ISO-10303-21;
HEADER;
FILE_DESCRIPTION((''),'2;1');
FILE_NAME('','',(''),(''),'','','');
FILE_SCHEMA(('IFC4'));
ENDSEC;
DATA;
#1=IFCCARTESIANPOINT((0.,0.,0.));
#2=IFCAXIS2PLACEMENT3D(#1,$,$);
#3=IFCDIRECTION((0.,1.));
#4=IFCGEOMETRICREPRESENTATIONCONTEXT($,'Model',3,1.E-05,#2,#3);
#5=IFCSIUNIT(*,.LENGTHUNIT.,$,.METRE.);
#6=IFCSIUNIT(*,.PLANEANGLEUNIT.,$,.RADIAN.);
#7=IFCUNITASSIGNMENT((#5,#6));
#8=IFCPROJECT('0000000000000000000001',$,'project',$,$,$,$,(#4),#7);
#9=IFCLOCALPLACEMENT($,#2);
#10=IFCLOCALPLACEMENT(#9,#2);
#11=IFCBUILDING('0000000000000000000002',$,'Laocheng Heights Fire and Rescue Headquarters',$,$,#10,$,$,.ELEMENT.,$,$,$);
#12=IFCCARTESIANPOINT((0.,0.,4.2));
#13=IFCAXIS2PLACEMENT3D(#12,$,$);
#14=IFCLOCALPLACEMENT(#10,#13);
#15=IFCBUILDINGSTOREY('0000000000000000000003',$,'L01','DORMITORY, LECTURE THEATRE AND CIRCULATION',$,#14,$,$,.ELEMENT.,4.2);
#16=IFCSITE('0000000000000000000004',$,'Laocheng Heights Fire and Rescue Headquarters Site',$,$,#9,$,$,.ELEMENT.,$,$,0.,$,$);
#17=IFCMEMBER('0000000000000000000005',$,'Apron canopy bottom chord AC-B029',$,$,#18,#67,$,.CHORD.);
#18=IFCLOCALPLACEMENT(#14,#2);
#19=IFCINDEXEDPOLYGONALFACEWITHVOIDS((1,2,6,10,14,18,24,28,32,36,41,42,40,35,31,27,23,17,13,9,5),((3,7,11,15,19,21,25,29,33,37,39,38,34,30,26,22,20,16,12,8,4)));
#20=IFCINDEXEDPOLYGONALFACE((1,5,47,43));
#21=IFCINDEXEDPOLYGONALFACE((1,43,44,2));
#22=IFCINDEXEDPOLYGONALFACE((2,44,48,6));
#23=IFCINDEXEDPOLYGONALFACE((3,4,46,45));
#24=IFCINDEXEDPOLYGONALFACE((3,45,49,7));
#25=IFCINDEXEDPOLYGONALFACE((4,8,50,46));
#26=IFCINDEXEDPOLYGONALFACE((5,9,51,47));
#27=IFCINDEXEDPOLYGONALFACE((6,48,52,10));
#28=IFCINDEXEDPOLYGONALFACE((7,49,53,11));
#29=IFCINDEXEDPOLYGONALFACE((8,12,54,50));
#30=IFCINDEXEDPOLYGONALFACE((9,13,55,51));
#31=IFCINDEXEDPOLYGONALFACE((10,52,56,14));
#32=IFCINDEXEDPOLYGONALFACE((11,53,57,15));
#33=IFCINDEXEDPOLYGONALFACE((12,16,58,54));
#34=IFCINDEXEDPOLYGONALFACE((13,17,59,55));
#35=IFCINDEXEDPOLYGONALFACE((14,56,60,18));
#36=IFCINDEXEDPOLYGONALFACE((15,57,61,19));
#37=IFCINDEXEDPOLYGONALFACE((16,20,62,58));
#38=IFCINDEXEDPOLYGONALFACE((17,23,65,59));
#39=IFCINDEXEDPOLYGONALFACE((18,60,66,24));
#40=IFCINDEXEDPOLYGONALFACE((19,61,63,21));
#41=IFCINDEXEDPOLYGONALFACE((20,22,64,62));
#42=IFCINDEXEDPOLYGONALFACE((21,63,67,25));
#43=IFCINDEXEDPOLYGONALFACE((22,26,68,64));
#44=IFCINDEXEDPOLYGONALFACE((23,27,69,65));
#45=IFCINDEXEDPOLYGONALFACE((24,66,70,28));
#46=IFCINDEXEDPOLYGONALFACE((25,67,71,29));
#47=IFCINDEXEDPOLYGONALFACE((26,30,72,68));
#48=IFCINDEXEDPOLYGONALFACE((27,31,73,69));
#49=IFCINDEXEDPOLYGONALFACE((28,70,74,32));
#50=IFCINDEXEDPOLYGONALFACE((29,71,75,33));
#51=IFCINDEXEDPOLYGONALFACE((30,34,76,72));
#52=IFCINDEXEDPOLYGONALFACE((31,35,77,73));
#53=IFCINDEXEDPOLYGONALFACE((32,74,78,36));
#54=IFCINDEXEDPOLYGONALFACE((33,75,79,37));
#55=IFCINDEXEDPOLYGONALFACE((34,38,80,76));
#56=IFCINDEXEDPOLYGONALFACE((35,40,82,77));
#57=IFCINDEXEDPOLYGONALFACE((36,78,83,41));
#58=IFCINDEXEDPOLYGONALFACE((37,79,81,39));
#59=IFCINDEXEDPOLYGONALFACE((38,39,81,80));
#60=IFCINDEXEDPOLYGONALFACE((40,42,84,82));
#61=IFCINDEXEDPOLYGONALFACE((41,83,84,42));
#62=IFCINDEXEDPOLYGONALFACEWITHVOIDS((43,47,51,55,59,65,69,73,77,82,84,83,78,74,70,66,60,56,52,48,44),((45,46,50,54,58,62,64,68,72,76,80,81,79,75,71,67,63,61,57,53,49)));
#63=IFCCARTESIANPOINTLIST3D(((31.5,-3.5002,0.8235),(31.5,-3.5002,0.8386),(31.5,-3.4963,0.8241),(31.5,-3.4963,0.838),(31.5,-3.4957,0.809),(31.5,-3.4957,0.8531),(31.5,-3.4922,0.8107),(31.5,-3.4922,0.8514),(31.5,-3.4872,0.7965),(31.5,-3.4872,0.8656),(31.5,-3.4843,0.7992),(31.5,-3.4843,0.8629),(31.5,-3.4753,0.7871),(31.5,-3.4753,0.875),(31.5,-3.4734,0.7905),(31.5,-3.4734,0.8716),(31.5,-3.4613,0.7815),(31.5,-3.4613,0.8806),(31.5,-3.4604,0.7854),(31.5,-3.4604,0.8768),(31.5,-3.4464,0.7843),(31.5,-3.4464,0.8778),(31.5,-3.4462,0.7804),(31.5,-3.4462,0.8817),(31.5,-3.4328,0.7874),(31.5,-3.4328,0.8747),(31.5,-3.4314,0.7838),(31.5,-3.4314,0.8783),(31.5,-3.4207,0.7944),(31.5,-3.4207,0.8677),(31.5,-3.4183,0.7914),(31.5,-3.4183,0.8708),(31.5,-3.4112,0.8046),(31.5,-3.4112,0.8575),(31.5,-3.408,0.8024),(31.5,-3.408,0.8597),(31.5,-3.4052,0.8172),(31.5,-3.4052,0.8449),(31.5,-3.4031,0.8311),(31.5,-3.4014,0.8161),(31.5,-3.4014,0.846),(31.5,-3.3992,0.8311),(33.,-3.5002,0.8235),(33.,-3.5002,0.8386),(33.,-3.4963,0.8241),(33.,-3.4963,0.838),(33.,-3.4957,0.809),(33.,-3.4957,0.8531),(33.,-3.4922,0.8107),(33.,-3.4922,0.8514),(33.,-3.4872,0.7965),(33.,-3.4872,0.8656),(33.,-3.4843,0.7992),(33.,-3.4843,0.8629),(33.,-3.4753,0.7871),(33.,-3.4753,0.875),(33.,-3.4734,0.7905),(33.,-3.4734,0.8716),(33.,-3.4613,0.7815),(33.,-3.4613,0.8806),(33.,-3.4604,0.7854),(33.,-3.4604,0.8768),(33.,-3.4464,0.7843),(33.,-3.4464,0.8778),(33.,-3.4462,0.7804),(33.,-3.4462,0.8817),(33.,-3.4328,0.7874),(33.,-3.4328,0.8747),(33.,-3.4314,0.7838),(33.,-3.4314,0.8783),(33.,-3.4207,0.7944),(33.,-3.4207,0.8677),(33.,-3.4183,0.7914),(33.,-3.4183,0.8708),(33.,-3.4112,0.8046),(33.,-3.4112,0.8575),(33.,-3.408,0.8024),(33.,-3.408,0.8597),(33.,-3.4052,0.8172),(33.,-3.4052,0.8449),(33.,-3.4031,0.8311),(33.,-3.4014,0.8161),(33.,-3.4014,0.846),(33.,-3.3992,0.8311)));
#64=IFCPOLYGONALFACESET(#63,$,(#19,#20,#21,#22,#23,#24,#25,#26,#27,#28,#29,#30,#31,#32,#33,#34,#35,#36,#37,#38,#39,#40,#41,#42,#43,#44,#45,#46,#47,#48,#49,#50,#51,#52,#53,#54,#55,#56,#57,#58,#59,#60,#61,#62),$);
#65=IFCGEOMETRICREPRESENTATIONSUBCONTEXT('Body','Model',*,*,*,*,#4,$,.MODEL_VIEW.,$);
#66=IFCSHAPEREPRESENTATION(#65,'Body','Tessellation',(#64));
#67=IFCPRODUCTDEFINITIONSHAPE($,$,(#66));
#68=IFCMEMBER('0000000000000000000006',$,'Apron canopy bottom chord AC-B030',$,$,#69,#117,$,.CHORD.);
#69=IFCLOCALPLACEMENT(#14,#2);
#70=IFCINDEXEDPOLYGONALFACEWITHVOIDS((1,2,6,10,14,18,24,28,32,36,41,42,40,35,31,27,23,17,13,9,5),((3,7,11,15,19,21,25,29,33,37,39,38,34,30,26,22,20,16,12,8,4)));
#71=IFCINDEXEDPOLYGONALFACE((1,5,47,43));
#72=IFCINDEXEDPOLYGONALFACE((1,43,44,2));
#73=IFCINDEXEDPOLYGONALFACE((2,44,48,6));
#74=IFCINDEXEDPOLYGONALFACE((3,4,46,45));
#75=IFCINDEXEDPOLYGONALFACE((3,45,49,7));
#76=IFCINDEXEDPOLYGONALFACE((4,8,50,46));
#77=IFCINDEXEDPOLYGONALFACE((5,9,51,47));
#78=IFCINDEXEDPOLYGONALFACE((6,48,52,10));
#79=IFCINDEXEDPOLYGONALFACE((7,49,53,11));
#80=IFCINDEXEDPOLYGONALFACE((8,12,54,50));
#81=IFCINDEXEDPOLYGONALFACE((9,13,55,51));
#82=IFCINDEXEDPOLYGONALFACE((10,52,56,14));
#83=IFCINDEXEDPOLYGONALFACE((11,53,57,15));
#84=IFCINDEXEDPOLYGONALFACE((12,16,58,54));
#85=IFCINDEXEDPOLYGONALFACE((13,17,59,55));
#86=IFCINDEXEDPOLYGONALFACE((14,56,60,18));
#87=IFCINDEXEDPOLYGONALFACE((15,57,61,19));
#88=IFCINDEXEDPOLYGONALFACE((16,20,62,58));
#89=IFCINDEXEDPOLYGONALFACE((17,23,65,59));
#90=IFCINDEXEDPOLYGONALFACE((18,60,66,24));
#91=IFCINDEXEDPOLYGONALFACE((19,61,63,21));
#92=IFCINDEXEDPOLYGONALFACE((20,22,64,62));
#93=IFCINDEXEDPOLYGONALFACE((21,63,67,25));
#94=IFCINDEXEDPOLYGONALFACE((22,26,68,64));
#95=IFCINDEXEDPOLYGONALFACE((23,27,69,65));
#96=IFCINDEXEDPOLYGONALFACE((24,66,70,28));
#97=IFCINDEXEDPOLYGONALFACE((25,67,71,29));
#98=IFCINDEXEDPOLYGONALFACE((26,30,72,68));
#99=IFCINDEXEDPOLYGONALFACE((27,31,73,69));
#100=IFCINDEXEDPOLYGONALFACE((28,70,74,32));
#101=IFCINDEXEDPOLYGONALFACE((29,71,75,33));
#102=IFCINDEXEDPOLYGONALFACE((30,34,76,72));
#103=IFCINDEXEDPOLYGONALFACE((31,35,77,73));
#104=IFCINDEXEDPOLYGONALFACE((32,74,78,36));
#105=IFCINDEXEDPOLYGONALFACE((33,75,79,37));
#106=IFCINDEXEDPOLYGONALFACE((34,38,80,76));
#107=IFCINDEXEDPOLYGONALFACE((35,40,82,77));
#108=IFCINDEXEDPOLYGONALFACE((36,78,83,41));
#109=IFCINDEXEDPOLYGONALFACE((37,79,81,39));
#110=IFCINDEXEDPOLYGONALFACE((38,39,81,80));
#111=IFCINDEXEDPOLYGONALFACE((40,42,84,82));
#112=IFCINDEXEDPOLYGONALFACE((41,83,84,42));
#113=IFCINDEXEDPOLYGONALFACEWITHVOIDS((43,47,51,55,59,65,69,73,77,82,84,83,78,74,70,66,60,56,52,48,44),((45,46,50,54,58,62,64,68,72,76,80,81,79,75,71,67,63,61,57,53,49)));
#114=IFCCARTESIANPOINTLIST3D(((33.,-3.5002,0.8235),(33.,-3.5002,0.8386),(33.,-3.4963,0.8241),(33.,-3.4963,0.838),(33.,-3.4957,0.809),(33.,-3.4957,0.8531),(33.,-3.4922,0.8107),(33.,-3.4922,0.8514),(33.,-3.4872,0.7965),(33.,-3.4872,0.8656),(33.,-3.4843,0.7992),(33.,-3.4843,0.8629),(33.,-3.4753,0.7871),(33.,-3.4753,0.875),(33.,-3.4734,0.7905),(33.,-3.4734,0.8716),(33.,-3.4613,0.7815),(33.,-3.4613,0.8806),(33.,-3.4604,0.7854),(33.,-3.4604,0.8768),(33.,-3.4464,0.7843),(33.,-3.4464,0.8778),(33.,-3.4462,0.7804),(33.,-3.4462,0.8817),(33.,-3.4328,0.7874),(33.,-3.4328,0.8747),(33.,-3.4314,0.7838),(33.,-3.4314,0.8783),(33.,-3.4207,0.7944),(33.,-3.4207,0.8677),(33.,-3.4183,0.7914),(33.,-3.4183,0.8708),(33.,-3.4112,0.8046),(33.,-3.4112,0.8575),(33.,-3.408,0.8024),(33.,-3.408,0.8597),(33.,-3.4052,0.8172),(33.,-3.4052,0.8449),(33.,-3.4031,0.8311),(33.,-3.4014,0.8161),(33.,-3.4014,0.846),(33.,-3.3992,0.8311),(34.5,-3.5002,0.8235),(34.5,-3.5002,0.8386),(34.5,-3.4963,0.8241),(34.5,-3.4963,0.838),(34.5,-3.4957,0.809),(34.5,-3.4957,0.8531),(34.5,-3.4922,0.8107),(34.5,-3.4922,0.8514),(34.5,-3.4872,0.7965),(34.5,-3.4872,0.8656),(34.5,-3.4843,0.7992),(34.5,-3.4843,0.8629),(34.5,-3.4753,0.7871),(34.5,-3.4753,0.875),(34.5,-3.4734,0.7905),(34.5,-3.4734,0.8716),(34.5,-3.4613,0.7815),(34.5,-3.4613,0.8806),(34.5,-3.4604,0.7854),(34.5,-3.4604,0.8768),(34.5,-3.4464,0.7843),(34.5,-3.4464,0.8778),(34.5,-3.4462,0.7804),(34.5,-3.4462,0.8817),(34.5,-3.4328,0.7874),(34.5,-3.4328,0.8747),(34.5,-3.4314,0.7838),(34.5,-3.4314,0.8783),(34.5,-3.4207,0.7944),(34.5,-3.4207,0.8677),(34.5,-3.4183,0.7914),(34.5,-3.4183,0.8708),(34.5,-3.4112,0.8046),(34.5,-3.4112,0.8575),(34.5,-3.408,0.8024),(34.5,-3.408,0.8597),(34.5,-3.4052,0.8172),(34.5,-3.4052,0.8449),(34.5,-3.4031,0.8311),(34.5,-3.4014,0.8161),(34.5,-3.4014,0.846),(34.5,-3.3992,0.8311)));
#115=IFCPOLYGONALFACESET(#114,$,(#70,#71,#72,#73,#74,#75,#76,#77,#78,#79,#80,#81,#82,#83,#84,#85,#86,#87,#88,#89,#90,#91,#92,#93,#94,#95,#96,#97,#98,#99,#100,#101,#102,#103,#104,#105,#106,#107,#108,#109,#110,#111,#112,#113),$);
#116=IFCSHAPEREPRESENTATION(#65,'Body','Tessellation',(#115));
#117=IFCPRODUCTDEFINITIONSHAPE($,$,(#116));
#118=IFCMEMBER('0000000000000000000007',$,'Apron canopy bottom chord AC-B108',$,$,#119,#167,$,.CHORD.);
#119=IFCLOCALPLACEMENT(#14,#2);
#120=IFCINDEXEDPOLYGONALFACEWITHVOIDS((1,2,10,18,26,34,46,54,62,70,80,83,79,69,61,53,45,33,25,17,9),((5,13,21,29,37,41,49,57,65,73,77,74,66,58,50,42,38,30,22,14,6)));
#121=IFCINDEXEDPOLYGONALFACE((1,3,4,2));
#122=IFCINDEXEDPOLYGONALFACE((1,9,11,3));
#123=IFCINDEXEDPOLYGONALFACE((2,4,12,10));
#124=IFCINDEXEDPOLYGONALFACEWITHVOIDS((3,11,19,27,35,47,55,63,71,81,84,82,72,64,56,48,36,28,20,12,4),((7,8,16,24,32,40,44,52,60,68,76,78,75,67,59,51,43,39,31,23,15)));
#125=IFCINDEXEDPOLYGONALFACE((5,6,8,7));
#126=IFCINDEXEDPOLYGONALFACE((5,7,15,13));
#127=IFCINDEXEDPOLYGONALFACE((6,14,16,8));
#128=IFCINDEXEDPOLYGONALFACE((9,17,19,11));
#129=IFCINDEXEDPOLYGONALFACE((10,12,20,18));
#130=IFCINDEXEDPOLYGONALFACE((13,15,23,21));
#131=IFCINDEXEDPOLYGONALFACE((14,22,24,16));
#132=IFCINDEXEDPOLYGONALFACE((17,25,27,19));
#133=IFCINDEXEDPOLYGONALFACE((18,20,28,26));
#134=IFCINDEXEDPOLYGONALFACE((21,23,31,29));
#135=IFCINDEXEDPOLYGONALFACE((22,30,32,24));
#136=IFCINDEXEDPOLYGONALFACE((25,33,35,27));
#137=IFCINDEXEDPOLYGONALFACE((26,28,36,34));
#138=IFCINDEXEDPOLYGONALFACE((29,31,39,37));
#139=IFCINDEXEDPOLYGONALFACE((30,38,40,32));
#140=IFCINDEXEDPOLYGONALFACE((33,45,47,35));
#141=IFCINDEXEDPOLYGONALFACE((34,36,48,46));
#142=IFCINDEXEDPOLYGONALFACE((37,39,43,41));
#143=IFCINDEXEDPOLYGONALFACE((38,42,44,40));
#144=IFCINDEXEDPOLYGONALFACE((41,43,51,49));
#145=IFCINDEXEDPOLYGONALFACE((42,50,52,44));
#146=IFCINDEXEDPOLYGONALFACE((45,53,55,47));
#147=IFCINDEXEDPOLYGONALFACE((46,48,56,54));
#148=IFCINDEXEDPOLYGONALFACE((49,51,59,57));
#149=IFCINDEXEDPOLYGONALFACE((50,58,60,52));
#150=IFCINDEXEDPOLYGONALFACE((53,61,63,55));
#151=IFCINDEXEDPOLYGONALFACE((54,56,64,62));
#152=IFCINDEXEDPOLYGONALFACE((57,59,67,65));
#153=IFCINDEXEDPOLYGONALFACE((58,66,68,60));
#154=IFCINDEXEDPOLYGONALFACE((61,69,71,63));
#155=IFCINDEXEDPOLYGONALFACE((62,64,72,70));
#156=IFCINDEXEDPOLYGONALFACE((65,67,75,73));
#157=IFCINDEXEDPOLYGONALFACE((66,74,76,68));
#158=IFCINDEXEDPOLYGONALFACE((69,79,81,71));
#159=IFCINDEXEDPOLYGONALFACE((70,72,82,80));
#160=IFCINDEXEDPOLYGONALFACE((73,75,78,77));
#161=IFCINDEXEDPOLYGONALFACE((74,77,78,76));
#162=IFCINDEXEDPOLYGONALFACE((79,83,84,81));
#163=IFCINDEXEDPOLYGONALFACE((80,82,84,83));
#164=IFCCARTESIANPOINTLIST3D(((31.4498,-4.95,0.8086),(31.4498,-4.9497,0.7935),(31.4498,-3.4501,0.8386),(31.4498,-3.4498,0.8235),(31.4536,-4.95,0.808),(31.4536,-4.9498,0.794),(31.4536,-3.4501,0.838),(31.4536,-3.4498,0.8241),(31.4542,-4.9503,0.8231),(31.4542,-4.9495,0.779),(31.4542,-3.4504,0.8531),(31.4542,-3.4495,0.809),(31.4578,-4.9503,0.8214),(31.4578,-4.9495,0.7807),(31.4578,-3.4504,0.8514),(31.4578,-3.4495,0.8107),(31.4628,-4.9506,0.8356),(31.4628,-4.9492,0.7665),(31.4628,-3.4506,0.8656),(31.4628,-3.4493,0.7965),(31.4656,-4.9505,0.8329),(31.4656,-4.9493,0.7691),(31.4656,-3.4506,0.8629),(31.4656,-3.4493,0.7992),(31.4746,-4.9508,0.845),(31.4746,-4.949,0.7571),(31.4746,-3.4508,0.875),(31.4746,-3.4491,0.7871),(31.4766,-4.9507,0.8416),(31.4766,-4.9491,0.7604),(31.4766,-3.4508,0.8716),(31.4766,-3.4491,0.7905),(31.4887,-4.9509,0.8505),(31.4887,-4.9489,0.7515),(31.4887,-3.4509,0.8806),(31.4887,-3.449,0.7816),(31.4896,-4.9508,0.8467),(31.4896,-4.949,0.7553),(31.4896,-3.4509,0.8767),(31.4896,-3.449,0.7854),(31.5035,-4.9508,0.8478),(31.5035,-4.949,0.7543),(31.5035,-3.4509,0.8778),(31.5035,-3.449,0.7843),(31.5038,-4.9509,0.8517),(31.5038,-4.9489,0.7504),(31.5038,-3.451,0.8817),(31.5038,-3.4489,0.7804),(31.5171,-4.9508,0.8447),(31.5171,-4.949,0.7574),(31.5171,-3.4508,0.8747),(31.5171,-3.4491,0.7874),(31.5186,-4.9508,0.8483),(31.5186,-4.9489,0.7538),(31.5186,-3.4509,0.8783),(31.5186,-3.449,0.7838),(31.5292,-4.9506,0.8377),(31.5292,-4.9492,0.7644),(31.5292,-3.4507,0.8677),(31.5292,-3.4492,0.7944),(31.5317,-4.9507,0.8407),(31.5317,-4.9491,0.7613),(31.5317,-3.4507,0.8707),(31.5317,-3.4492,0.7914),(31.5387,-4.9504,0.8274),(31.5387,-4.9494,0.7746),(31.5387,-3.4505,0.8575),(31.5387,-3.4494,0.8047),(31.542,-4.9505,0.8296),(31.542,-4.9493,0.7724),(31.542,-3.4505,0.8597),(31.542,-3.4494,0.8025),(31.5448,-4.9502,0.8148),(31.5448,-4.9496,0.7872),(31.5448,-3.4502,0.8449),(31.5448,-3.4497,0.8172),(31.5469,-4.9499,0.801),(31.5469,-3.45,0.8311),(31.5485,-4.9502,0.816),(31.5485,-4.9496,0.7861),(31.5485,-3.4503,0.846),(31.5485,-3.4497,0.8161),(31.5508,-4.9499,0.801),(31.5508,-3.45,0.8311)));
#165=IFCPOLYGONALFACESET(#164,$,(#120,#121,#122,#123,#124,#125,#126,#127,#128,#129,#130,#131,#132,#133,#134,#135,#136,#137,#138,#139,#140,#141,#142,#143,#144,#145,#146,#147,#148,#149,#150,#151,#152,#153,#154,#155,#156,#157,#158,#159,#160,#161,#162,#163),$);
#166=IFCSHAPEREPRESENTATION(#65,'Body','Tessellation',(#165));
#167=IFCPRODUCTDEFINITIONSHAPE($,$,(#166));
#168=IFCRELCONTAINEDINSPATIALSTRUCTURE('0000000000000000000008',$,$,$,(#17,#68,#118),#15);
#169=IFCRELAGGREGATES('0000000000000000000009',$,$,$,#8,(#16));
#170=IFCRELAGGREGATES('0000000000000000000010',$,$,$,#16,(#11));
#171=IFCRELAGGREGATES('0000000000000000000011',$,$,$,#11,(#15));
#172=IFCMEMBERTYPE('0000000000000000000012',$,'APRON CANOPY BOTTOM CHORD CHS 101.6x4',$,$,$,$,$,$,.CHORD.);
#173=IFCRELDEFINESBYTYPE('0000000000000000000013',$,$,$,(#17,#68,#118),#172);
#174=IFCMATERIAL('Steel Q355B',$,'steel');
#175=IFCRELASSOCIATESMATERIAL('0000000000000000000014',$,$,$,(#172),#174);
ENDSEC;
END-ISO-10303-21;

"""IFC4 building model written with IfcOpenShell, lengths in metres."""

from ifc_helpers import new_model, si_unit, direction, frame, origin, origin_2d, place, context, subcontext, project, spatial, hollow_circle, extrude, material, material_profile, profile_set, type_object, element, save


model = new_model("IFC4")

# Units and contexts
model_context = context("Model", 3, precision=1e-05, world=origin(), true_north=direction((0.0, 1.0)))
body_context = subcontext(model_context, "Body", "Model", "MODEL_VIEW")
ifc_project = project(units=[si_unit("LENGTHUNIT", "METRE"), si_unit("PLANEANGLEUNIT", "RADIAN")], contexts=[model_context])

# Site, building, storey
site_placement = place(None, origin())
site = spatial("IfcSite", under=ifc_project, at=site_placement, Name="Laocheng Heights Fire and Rescue Headquarters Site", CompositionType="ELEMENT", RefElevation=0.0)
building_placement = place(site_placement, origin())
building = spatial("IfcBuilding", under=site, at=building_placement, Name="Laocheng Heights Fire and Rescue Headquarters", CompositionType="ELEMENT")
storey_placement = place(building_placement, frame((0.0, 0.0, 4.2)))
storey = spatial("IfcBuildingStorey", under=building, at=storey_placement, Name="L01", Description="DORMITORY, LECTURE THEATRE AND CIRCULATION", CompositionType="ELEMENT", Elevation=4.2)

# Members
ifc_material_1 = material(Name="Steel Q355B", Category="steel")
ifc_material_profile_1 = material_profile(ifc_material_1, hollow_circle(Radius=0.0508, WallThickness=0.0039, at=origin_2d()), Name="CHS 101.6x4")
ifc_profile_set_1 = profile_set([ifc_material_profile_1], Name="Steel Q355B")
member_type_1 = type_object("IfcMemberType", Name="APRON CANOPY BOTTOM CHORD CHS 101.6x4", PredefinedType="CHORD", material=ifc_profile_set_1)
for number, where, z_axis, x_axis, name in (
    (1, (31.5, -3.45, 0.8311), (1.0, 0.0, 0.0), (0.0, 1.0, 0.0), "Apron canopy bottom chord AC-B029"),
    (2, (33.0, -3.45, 0.8311), (1.0, 0.0, 0.0), (0.0, 1.0, 0.0), "Apron canopy bottom chord AC-B030"),
):
    element("IfcMember", number, at=place(storey_placement, frame(where, z_axis=z_axis, x_axis=x_axis)), inside=storey, type_object=member_type_1, Name=name, PredefinedType="CHORD", context=body_context, shape_type="SweptSolid", body=[
        extrude(hollow_circle(Radius=0.0508, WallThickness=0.0039, at=origin_2d()), origin(), (0.0, 0.0, 1.0), 1.5),
    ])
for number, where, z_axis, x_axis, name in (
    (3, (31.5, -3.45, 0.8311), (0.0, -0.9998, -0.020016), (1.0, 0.0, 0.0), "Apron canopy bottom chord AC-B108"),
):
    element("IfcMember", number, at=place(storey_placement, frame(where, z_axis=z_axis, x_axis=x_axis)), inside=storey, type_object=member_type_1, Name=name, PredefinedType="CHORD", context=body_context, shape_type="SweptSolid", body=[
        extrude(hollow_circle(Radius=0.0508, WallThickness=0.0039, at=origin_2d()), origin(), (0.0, 0.0, 1.0), 1.5002),
    ])

save(model, "model.ifc")
